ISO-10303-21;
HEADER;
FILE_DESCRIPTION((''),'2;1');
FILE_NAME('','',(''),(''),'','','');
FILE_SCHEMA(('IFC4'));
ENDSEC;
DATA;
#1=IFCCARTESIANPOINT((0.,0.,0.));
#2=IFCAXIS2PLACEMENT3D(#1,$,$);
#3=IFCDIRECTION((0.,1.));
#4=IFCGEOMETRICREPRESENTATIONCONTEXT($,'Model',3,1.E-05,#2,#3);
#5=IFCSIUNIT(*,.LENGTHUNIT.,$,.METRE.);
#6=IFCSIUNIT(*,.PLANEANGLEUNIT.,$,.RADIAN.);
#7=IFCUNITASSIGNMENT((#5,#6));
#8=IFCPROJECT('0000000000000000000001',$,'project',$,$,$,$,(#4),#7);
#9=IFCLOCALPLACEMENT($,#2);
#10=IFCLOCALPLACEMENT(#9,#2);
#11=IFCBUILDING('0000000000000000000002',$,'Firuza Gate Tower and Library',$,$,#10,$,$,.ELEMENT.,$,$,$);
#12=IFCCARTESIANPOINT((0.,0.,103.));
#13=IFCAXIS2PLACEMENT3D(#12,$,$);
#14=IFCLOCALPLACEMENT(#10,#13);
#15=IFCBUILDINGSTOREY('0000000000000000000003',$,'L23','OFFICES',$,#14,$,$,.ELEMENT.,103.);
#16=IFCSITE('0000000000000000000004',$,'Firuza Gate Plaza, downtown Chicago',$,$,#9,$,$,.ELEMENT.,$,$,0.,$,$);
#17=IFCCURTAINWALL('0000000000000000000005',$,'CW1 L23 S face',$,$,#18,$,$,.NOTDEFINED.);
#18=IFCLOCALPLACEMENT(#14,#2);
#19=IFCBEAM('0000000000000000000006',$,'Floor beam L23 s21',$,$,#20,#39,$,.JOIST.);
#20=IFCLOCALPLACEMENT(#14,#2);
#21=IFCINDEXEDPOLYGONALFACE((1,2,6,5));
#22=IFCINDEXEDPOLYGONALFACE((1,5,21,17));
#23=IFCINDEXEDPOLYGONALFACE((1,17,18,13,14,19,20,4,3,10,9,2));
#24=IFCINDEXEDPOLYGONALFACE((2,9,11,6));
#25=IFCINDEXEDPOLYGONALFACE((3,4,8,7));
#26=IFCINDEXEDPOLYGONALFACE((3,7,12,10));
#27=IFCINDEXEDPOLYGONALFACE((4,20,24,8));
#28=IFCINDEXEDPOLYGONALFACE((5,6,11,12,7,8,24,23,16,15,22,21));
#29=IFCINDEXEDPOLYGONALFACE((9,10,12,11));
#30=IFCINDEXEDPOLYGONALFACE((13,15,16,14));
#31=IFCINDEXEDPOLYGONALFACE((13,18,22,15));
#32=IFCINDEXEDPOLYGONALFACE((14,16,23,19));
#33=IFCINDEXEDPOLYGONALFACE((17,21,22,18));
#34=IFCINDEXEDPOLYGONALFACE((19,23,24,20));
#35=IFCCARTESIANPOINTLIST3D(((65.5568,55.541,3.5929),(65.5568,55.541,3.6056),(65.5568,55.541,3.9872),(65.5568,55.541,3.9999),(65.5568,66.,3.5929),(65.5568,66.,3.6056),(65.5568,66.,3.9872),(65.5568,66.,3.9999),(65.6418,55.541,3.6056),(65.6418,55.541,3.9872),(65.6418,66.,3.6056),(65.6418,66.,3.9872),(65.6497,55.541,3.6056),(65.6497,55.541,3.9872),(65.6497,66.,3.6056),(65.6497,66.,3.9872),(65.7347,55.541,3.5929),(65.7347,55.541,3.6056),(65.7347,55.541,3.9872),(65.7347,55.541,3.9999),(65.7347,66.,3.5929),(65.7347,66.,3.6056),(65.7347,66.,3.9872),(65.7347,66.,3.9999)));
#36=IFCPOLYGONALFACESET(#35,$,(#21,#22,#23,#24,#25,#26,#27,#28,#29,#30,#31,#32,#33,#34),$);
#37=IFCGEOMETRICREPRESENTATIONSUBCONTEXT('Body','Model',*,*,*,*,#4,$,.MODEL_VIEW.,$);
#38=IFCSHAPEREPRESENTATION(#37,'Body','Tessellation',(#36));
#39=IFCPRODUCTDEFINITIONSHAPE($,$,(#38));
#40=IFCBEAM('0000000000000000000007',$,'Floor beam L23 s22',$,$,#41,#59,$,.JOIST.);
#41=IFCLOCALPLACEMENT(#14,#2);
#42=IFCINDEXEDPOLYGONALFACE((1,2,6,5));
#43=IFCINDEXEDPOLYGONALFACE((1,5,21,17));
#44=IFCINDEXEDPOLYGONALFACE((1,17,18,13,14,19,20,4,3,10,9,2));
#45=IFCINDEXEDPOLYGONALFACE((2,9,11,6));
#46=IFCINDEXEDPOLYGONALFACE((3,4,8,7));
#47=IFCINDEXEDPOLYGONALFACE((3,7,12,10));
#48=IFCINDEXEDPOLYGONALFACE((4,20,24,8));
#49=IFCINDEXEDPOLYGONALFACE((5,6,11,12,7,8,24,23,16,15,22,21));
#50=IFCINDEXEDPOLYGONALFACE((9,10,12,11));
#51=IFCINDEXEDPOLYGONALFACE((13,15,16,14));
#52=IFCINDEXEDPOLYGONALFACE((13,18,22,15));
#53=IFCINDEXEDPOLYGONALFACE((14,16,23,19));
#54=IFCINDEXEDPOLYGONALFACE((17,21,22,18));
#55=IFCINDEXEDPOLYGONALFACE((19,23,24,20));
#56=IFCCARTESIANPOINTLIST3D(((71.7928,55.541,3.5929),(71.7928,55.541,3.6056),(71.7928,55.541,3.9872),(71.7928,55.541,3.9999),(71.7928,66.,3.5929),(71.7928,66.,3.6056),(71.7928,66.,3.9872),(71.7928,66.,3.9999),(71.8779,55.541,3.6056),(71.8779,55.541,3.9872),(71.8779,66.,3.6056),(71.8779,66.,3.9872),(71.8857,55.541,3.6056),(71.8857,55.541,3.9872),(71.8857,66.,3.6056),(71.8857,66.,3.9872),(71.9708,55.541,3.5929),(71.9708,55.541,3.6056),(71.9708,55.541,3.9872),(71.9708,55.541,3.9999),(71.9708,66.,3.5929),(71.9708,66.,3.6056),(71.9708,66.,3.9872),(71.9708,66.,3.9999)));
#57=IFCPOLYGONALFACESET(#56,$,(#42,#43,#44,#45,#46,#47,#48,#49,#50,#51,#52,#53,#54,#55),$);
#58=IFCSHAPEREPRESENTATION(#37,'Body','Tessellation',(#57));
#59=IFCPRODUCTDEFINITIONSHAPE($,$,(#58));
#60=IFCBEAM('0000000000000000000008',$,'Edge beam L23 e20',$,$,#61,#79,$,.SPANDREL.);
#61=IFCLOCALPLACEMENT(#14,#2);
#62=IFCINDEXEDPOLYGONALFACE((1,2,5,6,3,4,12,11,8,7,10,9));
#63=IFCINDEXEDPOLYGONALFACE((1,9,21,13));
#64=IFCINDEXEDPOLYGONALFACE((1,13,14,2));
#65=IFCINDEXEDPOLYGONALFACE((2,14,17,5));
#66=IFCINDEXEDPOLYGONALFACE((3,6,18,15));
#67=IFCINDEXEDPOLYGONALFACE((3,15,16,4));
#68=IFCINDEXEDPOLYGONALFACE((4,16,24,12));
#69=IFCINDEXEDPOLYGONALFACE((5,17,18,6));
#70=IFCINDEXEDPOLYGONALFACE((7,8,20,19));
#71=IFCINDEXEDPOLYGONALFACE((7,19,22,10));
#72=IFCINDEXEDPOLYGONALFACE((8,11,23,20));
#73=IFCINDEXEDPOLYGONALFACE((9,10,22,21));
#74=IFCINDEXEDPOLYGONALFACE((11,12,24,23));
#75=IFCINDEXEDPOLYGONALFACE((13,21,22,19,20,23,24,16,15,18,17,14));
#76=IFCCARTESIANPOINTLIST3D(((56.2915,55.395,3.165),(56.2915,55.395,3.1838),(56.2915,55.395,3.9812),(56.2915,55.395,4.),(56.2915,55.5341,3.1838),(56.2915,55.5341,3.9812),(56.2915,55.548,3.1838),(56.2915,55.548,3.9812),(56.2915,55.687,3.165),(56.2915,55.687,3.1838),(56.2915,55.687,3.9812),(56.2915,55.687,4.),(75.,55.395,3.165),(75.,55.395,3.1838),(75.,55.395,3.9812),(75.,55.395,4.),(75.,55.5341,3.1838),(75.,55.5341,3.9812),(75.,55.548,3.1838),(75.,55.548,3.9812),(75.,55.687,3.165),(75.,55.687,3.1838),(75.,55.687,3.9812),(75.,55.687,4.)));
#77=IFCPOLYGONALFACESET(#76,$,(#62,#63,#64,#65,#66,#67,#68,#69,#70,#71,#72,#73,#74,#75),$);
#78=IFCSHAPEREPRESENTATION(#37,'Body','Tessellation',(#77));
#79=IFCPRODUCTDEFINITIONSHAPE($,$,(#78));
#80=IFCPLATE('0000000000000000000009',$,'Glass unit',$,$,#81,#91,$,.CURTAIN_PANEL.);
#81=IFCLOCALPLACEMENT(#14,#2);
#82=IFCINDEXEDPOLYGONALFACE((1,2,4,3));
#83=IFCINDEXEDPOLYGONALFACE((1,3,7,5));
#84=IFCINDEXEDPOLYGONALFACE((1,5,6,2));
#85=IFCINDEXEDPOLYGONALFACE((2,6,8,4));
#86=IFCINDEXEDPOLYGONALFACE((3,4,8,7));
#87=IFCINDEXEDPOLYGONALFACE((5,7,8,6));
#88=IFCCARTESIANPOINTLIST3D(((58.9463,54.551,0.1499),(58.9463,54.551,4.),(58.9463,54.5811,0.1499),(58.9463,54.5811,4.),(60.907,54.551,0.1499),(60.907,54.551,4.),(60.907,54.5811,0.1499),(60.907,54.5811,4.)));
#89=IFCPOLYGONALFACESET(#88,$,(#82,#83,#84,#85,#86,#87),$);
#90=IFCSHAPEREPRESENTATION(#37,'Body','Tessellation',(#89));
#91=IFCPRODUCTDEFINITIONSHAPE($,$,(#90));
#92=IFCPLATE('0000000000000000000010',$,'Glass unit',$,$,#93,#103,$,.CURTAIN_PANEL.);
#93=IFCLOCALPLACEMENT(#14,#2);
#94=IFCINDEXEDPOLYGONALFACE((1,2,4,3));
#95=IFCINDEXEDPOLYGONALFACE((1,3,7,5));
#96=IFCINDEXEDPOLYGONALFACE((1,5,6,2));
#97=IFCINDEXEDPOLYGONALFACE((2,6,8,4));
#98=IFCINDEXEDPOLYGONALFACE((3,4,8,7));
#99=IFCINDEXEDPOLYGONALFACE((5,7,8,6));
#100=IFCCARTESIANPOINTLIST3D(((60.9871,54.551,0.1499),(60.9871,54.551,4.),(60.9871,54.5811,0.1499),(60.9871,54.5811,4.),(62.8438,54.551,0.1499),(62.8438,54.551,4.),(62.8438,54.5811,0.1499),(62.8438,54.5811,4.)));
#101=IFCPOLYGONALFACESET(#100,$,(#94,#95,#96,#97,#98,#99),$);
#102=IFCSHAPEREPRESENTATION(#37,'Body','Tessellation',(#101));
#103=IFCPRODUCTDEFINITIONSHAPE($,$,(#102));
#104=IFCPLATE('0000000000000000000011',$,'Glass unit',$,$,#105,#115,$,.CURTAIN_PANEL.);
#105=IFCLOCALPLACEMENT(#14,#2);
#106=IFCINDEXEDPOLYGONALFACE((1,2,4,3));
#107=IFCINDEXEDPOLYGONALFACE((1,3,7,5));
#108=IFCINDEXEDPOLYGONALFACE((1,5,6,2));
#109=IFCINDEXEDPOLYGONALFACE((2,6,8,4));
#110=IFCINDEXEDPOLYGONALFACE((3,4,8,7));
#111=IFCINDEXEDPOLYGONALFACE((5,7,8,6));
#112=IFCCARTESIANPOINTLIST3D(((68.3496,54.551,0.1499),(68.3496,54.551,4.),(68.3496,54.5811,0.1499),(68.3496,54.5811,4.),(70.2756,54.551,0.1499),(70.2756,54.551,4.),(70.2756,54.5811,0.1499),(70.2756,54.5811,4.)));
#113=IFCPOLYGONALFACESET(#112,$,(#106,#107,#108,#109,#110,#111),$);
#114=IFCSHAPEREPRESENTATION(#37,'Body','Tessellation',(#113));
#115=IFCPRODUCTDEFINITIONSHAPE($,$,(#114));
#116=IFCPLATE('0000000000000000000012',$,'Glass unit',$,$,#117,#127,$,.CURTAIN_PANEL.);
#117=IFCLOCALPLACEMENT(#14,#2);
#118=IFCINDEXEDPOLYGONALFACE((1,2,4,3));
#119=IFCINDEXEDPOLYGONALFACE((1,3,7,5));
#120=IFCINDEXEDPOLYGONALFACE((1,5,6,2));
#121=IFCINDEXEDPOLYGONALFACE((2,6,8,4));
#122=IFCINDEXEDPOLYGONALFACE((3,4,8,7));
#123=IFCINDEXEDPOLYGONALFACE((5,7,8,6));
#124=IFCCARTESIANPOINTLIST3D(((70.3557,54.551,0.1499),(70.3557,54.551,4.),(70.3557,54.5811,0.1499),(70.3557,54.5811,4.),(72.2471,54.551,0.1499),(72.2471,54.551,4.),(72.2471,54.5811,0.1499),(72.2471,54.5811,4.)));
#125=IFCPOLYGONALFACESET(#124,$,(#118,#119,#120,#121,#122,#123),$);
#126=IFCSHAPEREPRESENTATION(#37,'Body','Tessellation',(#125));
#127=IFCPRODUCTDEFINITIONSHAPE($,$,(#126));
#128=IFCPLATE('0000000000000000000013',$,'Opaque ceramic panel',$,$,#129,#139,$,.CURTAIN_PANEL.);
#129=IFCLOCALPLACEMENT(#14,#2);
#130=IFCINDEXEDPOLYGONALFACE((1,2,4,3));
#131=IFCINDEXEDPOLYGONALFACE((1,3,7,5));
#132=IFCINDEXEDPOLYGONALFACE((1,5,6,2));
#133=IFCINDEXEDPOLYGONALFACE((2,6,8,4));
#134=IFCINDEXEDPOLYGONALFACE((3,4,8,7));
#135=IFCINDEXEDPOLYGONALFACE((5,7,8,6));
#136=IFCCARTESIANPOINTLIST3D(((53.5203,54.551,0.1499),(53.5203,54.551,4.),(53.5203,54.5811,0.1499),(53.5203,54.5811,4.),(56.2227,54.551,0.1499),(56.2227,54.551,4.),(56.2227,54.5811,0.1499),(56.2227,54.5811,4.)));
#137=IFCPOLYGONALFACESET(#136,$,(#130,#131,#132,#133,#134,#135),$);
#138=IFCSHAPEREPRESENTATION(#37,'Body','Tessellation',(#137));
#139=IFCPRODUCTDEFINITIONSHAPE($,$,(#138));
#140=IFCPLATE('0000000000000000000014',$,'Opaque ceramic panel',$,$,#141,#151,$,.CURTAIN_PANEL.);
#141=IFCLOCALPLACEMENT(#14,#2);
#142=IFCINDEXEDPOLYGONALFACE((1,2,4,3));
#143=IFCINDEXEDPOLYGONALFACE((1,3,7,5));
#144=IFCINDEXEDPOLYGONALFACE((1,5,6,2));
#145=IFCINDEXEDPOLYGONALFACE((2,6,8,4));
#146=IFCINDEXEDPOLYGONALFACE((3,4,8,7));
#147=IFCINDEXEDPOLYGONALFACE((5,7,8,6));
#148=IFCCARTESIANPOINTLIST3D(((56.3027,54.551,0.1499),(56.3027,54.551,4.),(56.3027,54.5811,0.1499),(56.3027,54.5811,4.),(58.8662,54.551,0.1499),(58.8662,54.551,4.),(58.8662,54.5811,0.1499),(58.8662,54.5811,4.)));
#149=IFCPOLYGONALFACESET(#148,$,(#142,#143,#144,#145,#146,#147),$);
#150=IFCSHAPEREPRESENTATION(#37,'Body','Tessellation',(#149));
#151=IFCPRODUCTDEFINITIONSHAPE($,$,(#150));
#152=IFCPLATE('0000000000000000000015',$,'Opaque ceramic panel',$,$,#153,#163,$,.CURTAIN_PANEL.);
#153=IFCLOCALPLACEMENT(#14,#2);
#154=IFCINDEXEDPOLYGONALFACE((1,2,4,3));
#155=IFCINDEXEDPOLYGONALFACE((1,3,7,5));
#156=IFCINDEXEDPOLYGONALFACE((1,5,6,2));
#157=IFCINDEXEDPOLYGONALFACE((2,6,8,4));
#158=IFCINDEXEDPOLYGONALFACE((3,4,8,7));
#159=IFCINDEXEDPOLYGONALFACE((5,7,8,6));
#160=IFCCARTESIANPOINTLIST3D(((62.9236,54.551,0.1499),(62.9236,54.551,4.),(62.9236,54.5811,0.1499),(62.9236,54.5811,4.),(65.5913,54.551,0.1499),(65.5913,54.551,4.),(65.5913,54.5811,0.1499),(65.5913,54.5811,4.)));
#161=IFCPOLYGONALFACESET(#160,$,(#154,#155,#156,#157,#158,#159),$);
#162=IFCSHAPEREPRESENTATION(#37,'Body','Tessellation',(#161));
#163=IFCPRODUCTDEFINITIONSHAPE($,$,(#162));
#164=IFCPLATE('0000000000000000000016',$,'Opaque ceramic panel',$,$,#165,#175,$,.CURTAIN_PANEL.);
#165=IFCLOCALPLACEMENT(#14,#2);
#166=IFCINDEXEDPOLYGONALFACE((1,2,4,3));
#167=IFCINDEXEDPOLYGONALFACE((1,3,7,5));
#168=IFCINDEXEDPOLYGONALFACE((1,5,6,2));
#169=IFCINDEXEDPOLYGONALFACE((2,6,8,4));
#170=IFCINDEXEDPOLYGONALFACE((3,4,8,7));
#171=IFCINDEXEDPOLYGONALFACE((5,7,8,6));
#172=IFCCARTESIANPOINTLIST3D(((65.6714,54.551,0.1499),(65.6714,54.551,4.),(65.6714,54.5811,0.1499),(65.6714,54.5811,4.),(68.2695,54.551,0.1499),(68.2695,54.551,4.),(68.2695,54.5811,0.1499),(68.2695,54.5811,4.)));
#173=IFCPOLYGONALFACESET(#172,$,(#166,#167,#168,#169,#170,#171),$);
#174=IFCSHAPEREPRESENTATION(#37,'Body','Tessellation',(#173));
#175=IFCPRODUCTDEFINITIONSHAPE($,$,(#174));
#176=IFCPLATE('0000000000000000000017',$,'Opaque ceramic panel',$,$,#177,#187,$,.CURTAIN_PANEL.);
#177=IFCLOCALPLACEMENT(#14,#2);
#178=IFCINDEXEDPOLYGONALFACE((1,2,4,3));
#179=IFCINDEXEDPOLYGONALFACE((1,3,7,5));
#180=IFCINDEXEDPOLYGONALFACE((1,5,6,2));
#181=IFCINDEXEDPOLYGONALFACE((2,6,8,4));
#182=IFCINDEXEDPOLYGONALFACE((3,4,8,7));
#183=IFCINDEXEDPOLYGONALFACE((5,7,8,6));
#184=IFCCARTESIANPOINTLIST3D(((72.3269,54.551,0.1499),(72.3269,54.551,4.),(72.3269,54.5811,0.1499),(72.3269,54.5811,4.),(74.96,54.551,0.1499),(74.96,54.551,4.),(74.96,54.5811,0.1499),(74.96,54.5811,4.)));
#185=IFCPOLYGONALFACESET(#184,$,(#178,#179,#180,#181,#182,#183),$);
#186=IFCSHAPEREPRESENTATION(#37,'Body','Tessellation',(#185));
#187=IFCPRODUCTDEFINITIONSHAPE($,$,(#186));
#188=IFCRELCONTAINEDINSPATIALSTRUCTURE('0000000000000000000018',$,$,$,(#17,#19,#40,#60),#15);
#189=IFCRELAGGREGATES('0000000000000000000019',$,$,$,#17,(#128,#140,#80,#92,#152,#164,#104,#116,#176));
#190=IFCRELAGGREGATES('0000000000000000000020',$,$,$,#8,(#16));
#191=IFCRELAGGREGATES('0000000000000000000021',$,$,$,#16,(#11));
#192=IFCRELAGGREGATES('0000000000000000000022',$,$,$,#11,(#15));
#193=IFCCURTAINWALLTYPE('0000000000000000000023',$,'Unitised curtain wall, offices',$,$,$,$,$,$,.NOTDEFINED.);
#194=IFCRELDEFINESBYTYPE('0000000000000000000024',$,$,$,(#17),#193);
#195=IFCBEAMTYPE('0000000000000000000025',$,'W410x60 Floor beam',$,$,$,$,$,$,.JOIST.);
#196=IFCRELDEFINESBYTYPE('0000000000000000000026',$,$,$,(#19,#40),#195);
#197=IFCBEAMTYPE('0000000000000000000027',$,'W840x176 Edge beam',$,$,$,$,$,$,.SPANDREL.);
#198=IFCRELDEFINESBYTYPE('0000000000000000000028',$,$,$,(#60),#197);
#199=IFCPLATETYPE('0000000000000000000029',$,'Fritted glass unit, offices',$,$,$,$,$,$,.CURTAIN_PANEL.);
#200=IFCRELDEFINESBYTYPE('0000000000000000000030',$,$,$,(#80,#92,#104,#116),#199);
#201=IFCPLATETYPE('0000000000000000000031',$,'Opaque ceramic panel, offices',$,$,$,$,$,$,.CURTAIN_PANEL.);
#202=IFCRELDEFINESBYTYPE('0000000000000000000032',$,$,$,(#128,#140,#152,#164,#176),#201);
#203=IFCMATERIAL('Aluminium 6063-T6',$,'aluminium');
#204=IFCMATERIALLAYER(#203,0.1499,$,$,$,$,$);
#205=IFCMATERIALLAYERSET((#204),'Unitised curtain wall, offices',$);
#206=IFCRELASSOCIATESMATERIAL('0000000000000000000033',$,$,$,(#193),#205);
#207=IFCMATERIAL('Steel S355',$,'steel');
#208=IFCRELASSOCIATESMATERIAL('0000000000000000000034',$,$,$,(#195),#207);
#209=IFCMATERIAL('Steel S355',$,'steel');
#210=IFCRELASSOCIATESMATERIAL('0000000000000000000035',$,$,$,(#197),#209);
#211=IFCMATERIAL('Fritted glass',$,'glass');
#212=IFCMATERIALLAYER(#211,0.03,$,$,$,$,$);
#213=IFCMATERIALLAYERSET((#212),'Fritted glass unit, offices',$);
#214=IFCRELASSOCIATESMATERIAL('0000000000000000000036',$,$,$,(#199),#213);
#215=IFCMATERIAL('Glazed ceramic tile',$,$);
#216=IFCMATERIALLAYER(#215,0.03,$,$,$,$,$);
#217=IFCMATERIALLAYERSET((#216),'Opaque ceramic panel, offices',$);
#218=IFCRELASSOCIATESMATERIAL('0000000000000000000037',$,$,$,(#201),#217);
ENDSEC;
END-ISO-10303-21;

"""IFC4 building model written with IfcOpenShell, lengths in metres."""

from ifc_helpers import new_model, si_unit, direction, frame, origin, origin_2d, place, context, subcontext, project, spatial, polyline, i_section, outline, extrude, material, layer, layer_set, material_profile, profile_set, type_object, element, aggregate, save


model = new_model("IFC4")

# Units and contexts
model_context = context("Model", 3, precision=1e-05, world=origin(), true_north=direction((0.0, 1.0)))
body_context = subcontext(model_context, "Body", "Model", "MODEL_VIEW")
ifc_project = project(units=[si_unit("LENGTHUNIT", "METRE"), si_unit("PLANEANGLEUNIT", "RADIAN")], contexts=[model_context])

# Site, building, storey
site_placement = place(None, origin())
site = spatial("IfcSite", under=ifc_project, at=site_placement, Name="Firuza Gate Plaza, downtown Chicago", CompositionType="ELEMENT", RefElevation=0.0)
building_placement = place(site_placement, origin())
building = spatial("IfcBuilding", under=site, at=building_placement, Name="Firuza Gate Tower and Library", CompositionType="ELEMENT")
storey_placement = place(building_placement, frame((0.0, 0.0, 103.0)))
storey = spatial("IfcBuildingStorey", under=building, at=storey_placement, Name="L23", Description="OFFICES", CompositionType="ELEMENT", Elevation=103.0)

# Curtain wall
ifc_material_1 = material(Name="Aluminium 6063-T6", Category="aluminium")
ifc_layer_1 = layer(ifc_material_1, 0.1499)
ifc_layer_set_1 = layer_set([ifc_layer_1], Name="Unitised curtain wall, offices")
curtain_wall_type = type_object("IfcCurtainWallType", Name="Unitised curtain wall, offices", PredefinedType="NOTDEFINED", material=ifc_layer_set_1)
curtain_wall_placement = place(storey_placement, origin())
curtain_wall = element("IfcCurtainWall", 1, at=curtain_wall_placement, inside=storey, type_object=curtain_wall_type, Name="CW1 L23 S face", PredefinedType="NOTDEFINED")

# Beams
ifc_material_2 = material(Name="Steel S355", Category="steel")
ifc_material_profile_1 = material_profile(ifc_material_2, i_section(OverallWidth=0.178, OverallDepth=0.407, WebThickness=0.0078, FlangeThickness=0.0127, at=origin_2d()))
ifc_profile_set_1 = profile_set([ifc_material_profile_1], Name="Steel S355")
beam_type_1 = type_object("IfcBeamType", Name="W410x60 Floor beam", PredefinedType="JOIST", material=ifc_profile_set_1)
for number, where, z_axis, x_axis, name in (
    (2, (65.6458, 55.541, 3.7964), (0.0, 1.0, 0.0), (-1.0, 0.0, 0.0), "Floor beam L23 s21"),
    (3, (71.8818, 55.541, 3.7964), (0.0, 1.0, 0.0), (-1.0, 0.0, 0.0), "Floor beam L23 s22"),
):
    element("IfcBeam", number, at=place(storey_placement, frame(where, z_axis=z_axis, x_axis=x_axis)), inside=storey, type_object=beam_type_1, Name=name, PredefinedType="JOIST", context=body_context, shape_type="SweptSolid", body=[
        extrude(i_section(OverallWidth=0.178, OverallDepth=0.407, WebThickness=0.0078, FlangeThickness=0.0127, at=origin_2d()), origin(), (0.0, 0.0, 1.0), 10.459),
    ])
ifc_material_3 = material(Name="Steel S355", Category="steel")
ifc_material_profile_2 = material_profile(ifc_material_3, i_section(OverallWidth=0.292, OverallDepth=0.835, WebThickness=0.0139, FlangeThickness=0.0188, at=origin_2d()))
ifc_profile_set_2 = profile_set([ifc_material_profile_2], Name="Steel S355")
beam_type_2 = type_object("IfcBeamType", Name="W840x176 Edge beam", PredefinedType="SPANDREL", material=ifc_profile_set_2)
beam_1_placement = place(storey_placement, frame((56.2915, 55.541, 3.5825), z_axis=(1.0, 0.0, 0.0), x_axis=(0.0, 1.0, 0.0)))
element("IfcBeam", 4, at=beam_1_placement, inside=storey, type_object=beam_type_2, Name="Edge beam L23 e20", PredefinedType="SPANDREL", context=body_context, shape_type="SweptSolid", body=[
    extrude(i_section(OverallWidth=0.292, OverallDepth=0.835, WebThickness=0.0139, FlangeThickness=0.0188, at=origin_2d()), origin(), (0.0, 0.0, 1.0), 18.7085),
])

# Plates
ifc_material_4 = material(Name="Fritted glass", Category="glass")
ifc_layer_2 = layer(ifc_material_4, 0.03)
ifc_layer_set_2 = layer_set([ifc_layer_2], Name="Fritted glass unit, offices")
plate_type_1 = type_object("IfcPlateType", Name="Fritted glass unit, offices", PredefinedType="CURTAIN_PANEL", material=ifc_layer_set_2)
plate_1_placement = place(storey_placement, frame((58.9463, 54.551, 0.1499), z_axis=(0.0, -1.0, 0.0), x_axis=(1.0, 0.0, 0.0)))
plate_1 = element("IfcPlate", 5, at=plate_1_placement, type_object=plate_type_1, Name="Glass unit", PredefinedType="CURTAIN_PANEL", context=body_context, shape_type="SweptSolid", body=[
    extrude(outline(polyline([(0.0, 0.0), (1.9607, 0.0), (1.9607, 3.8501), (0.0, 3.8501), (0.0, 0.0)])), origin(), (0.0, 0.0, -1.0), 0.03),
])
plate_2_placement = place(storey_placement, frame((60.9871, 54.551, 0.1499), z_axis=(0.0, -1.0, 0.0), x_axis=(1.0, 0.0, 0.0)))
plate_2 = element("IfcPlate", 6, at=plate_2_placement, type_object=plate_type_1, Name="Glass unit", PredefinedType="CURTAIN_PANEL", context=body_context, shape_type="SweptSolid", body=[
    extrude(outline(polyline([(0.0, 0.0), (1.8567, 0.0), (1.8567, 3.8501), (0.0, 3.8501), (0.0, 0.0)])), origin(), (0.0, 0.0, -1.0), 0.03),
])
plate_3_placement = place(storey_placement, frame((68.3496, 54.551, 0.1499), z_axis=(0.0, -1.0, 0.0), x_axis=(1.0, 0.0, 0.0)))
plate_3 = element("IfcPlate", 7, at=plate_3_placement, type_object=plate_type_1, Name="Glass unit", PredefinedType="CURTAIN_PANEL", context=body_context, shape_type="SweptSolid", body=[
    extrude(outline(polyline([(0.0, 0.0), (1.926, 0.0), (1.926, 3.8501), (0.0, 3.8501), (0.0, 0.0)])), origin(), (0.0, 0.0, -1.0), 0.03),
])
plate_4_placement = place(storey_placement, frame((70.3557, 54.551, 0.1499), z_axis=(0.0, -1.0, 0.0), x_axis=(1.0, 0.0, 0.0)))
plate_4 = element("IfcPlate", 8, at=plate_4_placement, type_object=plate_type_1, Name="Glass unit", PredefinedType="CURTAIN_PANEL", context=body_context, shape_type="SweptSolid", body=[
    extrude(outline(polyline([(0.0, 0.0), (1.8914, 0.0), (1.8914, 3.8501), (0.0, 3.8501), (0.0, 0.0)])), origin(), (0.0, 0.0, -1.0), 0.03),
])
ifc_material_5 = material(Name="Glazed ceramic tile")
ifc_layer_3 = layer(ifc_material_5, 0.03)
ifc_layer_set_3 = layer_set([ifc_layer_3], Name="Opaque ceramic panel, offices")
plate_type_2 = type_object("IfcPlateType", Name="Opaque ceramic panel, offices", PredefinedType="CURTAIN_PANEL", material=ifc_layer_set_3)
plate_5_placement = place(storey_placement, frame((53.5203, 54.551, 0.1499), z_axis=(0.0, -1.0, 0.0), x_axis=(1.0, 0.0, 0.0)))
plate_5 = element("IfcPlate", 9, at=plate_5_placement, type_object=plate_type_2, Name="Opaque ceramic panel", PredefinedType="CURTAIN_PANEL", context=body_context, shape_type="SweptSolid", body=[
    extrude(outline(polyline([(0.0, 0.0), (2.7024, 0.0), (2.7024, 3.8501), (0.0, 3.8501), (0.0, 0.0)])), origin(), (0.0, 0.0, -1.0), 0.03),
])
plate_6_placement = place(storey_placement, frame((56.3027, 54.551, 0.1499), z_axis=(0.0, -1.0, 0.0), x_axis=(1.0, 0.0, 0.0)))
plate_6 = element("IfcPlate", 10, at=plate_6_placement, type_object=plate_type_2, Name="Opaque ceramic panel", PredefinedType="CURTAIN_PANEL", context=body_context, shape_type="SweptSolid", body=[
    extrude(outline(polyline([(0.0, 0.0), (2.5635, 0.0), (2.5635, 3.8501), (0.0, 3.8501), (0.0, 0.0)])), origin(), (0.0, 0.0, -1.0), 0.03),
])
plate_7_placement = place(storey_placement, frame((62.9236, 54.551, 0.1499), z_axis=(0.0, -1.0, 0.0), x_axis=(1.0, 0.0, 0.0)))
plate_7 = element("IfcPlate", 11, at=plate_7_placement, type_object=plate_type_2, Name="Opaque ceramic panel", PredefinedType="CURTAIN_PANEL", context=body_context, shape_type="SweptSolid", body=[
    extrude(outline(polyline([(0.0, 0.0), (2.6677, 0.0), (2.6677, 3.8501), (0.0, 3.8501), (0.0, 0.0)])), origin(), (0.0, 0.0, -1.0), 0.03),
])
plate_8_placement = place(storey_placement, frame((65.6714, 54.551, 0.1499), z_axis=(0.0, -1.0, 0.0), x_axis=(1.0, 0.0, 0.0)))
plate_8 = element("IfcPlate", 12, at=plate_8_placement, type_object=plate_type_2, Name="Opaque ceramic panel", PredefinedType="CURTAIN_PANEL", context=body_context, shape_type="SweptSolid", body=[
    extrude(outline(polyline([(0.0, 0.0), (2.5981, 0.0), (2.5981, 3.8501), (0.0, 3.8501), (0.0, 0.0)])), origin(), (0.0, 0.0, -1.0), 0.03),
])
plate_9_placement = place(storey_placement, frame((72.3269, 54.551, 0.1499), z_axis=(0.0, -1.0, 0.0), x_axis=(1.0, 0.0, 0.0)))
plate_9 = element("IfcPlate", 13, at=plate_9_placement, type_object=plate_type_2, Name="Opaque ceramic panel", PredefinedType="CURTAIN_PANEL", context=body_context, shape_type="SweptSolid", body=[
    extrude(outline(polyline([(0.0, 0.0), (2.6331, 0.0), (2.6331, 3.8501), (0.0, 3.8501), (0.0, 0.0)])), origin(), (0.0, 0.0, -1.0), 0.03),
])
aggregate(curtain_wall, [plate_5, plate_6, plate_1, plate_2, plate_7, plate_8, plate_3, plate_4, plate_9])

save(model, "model.ifc")
